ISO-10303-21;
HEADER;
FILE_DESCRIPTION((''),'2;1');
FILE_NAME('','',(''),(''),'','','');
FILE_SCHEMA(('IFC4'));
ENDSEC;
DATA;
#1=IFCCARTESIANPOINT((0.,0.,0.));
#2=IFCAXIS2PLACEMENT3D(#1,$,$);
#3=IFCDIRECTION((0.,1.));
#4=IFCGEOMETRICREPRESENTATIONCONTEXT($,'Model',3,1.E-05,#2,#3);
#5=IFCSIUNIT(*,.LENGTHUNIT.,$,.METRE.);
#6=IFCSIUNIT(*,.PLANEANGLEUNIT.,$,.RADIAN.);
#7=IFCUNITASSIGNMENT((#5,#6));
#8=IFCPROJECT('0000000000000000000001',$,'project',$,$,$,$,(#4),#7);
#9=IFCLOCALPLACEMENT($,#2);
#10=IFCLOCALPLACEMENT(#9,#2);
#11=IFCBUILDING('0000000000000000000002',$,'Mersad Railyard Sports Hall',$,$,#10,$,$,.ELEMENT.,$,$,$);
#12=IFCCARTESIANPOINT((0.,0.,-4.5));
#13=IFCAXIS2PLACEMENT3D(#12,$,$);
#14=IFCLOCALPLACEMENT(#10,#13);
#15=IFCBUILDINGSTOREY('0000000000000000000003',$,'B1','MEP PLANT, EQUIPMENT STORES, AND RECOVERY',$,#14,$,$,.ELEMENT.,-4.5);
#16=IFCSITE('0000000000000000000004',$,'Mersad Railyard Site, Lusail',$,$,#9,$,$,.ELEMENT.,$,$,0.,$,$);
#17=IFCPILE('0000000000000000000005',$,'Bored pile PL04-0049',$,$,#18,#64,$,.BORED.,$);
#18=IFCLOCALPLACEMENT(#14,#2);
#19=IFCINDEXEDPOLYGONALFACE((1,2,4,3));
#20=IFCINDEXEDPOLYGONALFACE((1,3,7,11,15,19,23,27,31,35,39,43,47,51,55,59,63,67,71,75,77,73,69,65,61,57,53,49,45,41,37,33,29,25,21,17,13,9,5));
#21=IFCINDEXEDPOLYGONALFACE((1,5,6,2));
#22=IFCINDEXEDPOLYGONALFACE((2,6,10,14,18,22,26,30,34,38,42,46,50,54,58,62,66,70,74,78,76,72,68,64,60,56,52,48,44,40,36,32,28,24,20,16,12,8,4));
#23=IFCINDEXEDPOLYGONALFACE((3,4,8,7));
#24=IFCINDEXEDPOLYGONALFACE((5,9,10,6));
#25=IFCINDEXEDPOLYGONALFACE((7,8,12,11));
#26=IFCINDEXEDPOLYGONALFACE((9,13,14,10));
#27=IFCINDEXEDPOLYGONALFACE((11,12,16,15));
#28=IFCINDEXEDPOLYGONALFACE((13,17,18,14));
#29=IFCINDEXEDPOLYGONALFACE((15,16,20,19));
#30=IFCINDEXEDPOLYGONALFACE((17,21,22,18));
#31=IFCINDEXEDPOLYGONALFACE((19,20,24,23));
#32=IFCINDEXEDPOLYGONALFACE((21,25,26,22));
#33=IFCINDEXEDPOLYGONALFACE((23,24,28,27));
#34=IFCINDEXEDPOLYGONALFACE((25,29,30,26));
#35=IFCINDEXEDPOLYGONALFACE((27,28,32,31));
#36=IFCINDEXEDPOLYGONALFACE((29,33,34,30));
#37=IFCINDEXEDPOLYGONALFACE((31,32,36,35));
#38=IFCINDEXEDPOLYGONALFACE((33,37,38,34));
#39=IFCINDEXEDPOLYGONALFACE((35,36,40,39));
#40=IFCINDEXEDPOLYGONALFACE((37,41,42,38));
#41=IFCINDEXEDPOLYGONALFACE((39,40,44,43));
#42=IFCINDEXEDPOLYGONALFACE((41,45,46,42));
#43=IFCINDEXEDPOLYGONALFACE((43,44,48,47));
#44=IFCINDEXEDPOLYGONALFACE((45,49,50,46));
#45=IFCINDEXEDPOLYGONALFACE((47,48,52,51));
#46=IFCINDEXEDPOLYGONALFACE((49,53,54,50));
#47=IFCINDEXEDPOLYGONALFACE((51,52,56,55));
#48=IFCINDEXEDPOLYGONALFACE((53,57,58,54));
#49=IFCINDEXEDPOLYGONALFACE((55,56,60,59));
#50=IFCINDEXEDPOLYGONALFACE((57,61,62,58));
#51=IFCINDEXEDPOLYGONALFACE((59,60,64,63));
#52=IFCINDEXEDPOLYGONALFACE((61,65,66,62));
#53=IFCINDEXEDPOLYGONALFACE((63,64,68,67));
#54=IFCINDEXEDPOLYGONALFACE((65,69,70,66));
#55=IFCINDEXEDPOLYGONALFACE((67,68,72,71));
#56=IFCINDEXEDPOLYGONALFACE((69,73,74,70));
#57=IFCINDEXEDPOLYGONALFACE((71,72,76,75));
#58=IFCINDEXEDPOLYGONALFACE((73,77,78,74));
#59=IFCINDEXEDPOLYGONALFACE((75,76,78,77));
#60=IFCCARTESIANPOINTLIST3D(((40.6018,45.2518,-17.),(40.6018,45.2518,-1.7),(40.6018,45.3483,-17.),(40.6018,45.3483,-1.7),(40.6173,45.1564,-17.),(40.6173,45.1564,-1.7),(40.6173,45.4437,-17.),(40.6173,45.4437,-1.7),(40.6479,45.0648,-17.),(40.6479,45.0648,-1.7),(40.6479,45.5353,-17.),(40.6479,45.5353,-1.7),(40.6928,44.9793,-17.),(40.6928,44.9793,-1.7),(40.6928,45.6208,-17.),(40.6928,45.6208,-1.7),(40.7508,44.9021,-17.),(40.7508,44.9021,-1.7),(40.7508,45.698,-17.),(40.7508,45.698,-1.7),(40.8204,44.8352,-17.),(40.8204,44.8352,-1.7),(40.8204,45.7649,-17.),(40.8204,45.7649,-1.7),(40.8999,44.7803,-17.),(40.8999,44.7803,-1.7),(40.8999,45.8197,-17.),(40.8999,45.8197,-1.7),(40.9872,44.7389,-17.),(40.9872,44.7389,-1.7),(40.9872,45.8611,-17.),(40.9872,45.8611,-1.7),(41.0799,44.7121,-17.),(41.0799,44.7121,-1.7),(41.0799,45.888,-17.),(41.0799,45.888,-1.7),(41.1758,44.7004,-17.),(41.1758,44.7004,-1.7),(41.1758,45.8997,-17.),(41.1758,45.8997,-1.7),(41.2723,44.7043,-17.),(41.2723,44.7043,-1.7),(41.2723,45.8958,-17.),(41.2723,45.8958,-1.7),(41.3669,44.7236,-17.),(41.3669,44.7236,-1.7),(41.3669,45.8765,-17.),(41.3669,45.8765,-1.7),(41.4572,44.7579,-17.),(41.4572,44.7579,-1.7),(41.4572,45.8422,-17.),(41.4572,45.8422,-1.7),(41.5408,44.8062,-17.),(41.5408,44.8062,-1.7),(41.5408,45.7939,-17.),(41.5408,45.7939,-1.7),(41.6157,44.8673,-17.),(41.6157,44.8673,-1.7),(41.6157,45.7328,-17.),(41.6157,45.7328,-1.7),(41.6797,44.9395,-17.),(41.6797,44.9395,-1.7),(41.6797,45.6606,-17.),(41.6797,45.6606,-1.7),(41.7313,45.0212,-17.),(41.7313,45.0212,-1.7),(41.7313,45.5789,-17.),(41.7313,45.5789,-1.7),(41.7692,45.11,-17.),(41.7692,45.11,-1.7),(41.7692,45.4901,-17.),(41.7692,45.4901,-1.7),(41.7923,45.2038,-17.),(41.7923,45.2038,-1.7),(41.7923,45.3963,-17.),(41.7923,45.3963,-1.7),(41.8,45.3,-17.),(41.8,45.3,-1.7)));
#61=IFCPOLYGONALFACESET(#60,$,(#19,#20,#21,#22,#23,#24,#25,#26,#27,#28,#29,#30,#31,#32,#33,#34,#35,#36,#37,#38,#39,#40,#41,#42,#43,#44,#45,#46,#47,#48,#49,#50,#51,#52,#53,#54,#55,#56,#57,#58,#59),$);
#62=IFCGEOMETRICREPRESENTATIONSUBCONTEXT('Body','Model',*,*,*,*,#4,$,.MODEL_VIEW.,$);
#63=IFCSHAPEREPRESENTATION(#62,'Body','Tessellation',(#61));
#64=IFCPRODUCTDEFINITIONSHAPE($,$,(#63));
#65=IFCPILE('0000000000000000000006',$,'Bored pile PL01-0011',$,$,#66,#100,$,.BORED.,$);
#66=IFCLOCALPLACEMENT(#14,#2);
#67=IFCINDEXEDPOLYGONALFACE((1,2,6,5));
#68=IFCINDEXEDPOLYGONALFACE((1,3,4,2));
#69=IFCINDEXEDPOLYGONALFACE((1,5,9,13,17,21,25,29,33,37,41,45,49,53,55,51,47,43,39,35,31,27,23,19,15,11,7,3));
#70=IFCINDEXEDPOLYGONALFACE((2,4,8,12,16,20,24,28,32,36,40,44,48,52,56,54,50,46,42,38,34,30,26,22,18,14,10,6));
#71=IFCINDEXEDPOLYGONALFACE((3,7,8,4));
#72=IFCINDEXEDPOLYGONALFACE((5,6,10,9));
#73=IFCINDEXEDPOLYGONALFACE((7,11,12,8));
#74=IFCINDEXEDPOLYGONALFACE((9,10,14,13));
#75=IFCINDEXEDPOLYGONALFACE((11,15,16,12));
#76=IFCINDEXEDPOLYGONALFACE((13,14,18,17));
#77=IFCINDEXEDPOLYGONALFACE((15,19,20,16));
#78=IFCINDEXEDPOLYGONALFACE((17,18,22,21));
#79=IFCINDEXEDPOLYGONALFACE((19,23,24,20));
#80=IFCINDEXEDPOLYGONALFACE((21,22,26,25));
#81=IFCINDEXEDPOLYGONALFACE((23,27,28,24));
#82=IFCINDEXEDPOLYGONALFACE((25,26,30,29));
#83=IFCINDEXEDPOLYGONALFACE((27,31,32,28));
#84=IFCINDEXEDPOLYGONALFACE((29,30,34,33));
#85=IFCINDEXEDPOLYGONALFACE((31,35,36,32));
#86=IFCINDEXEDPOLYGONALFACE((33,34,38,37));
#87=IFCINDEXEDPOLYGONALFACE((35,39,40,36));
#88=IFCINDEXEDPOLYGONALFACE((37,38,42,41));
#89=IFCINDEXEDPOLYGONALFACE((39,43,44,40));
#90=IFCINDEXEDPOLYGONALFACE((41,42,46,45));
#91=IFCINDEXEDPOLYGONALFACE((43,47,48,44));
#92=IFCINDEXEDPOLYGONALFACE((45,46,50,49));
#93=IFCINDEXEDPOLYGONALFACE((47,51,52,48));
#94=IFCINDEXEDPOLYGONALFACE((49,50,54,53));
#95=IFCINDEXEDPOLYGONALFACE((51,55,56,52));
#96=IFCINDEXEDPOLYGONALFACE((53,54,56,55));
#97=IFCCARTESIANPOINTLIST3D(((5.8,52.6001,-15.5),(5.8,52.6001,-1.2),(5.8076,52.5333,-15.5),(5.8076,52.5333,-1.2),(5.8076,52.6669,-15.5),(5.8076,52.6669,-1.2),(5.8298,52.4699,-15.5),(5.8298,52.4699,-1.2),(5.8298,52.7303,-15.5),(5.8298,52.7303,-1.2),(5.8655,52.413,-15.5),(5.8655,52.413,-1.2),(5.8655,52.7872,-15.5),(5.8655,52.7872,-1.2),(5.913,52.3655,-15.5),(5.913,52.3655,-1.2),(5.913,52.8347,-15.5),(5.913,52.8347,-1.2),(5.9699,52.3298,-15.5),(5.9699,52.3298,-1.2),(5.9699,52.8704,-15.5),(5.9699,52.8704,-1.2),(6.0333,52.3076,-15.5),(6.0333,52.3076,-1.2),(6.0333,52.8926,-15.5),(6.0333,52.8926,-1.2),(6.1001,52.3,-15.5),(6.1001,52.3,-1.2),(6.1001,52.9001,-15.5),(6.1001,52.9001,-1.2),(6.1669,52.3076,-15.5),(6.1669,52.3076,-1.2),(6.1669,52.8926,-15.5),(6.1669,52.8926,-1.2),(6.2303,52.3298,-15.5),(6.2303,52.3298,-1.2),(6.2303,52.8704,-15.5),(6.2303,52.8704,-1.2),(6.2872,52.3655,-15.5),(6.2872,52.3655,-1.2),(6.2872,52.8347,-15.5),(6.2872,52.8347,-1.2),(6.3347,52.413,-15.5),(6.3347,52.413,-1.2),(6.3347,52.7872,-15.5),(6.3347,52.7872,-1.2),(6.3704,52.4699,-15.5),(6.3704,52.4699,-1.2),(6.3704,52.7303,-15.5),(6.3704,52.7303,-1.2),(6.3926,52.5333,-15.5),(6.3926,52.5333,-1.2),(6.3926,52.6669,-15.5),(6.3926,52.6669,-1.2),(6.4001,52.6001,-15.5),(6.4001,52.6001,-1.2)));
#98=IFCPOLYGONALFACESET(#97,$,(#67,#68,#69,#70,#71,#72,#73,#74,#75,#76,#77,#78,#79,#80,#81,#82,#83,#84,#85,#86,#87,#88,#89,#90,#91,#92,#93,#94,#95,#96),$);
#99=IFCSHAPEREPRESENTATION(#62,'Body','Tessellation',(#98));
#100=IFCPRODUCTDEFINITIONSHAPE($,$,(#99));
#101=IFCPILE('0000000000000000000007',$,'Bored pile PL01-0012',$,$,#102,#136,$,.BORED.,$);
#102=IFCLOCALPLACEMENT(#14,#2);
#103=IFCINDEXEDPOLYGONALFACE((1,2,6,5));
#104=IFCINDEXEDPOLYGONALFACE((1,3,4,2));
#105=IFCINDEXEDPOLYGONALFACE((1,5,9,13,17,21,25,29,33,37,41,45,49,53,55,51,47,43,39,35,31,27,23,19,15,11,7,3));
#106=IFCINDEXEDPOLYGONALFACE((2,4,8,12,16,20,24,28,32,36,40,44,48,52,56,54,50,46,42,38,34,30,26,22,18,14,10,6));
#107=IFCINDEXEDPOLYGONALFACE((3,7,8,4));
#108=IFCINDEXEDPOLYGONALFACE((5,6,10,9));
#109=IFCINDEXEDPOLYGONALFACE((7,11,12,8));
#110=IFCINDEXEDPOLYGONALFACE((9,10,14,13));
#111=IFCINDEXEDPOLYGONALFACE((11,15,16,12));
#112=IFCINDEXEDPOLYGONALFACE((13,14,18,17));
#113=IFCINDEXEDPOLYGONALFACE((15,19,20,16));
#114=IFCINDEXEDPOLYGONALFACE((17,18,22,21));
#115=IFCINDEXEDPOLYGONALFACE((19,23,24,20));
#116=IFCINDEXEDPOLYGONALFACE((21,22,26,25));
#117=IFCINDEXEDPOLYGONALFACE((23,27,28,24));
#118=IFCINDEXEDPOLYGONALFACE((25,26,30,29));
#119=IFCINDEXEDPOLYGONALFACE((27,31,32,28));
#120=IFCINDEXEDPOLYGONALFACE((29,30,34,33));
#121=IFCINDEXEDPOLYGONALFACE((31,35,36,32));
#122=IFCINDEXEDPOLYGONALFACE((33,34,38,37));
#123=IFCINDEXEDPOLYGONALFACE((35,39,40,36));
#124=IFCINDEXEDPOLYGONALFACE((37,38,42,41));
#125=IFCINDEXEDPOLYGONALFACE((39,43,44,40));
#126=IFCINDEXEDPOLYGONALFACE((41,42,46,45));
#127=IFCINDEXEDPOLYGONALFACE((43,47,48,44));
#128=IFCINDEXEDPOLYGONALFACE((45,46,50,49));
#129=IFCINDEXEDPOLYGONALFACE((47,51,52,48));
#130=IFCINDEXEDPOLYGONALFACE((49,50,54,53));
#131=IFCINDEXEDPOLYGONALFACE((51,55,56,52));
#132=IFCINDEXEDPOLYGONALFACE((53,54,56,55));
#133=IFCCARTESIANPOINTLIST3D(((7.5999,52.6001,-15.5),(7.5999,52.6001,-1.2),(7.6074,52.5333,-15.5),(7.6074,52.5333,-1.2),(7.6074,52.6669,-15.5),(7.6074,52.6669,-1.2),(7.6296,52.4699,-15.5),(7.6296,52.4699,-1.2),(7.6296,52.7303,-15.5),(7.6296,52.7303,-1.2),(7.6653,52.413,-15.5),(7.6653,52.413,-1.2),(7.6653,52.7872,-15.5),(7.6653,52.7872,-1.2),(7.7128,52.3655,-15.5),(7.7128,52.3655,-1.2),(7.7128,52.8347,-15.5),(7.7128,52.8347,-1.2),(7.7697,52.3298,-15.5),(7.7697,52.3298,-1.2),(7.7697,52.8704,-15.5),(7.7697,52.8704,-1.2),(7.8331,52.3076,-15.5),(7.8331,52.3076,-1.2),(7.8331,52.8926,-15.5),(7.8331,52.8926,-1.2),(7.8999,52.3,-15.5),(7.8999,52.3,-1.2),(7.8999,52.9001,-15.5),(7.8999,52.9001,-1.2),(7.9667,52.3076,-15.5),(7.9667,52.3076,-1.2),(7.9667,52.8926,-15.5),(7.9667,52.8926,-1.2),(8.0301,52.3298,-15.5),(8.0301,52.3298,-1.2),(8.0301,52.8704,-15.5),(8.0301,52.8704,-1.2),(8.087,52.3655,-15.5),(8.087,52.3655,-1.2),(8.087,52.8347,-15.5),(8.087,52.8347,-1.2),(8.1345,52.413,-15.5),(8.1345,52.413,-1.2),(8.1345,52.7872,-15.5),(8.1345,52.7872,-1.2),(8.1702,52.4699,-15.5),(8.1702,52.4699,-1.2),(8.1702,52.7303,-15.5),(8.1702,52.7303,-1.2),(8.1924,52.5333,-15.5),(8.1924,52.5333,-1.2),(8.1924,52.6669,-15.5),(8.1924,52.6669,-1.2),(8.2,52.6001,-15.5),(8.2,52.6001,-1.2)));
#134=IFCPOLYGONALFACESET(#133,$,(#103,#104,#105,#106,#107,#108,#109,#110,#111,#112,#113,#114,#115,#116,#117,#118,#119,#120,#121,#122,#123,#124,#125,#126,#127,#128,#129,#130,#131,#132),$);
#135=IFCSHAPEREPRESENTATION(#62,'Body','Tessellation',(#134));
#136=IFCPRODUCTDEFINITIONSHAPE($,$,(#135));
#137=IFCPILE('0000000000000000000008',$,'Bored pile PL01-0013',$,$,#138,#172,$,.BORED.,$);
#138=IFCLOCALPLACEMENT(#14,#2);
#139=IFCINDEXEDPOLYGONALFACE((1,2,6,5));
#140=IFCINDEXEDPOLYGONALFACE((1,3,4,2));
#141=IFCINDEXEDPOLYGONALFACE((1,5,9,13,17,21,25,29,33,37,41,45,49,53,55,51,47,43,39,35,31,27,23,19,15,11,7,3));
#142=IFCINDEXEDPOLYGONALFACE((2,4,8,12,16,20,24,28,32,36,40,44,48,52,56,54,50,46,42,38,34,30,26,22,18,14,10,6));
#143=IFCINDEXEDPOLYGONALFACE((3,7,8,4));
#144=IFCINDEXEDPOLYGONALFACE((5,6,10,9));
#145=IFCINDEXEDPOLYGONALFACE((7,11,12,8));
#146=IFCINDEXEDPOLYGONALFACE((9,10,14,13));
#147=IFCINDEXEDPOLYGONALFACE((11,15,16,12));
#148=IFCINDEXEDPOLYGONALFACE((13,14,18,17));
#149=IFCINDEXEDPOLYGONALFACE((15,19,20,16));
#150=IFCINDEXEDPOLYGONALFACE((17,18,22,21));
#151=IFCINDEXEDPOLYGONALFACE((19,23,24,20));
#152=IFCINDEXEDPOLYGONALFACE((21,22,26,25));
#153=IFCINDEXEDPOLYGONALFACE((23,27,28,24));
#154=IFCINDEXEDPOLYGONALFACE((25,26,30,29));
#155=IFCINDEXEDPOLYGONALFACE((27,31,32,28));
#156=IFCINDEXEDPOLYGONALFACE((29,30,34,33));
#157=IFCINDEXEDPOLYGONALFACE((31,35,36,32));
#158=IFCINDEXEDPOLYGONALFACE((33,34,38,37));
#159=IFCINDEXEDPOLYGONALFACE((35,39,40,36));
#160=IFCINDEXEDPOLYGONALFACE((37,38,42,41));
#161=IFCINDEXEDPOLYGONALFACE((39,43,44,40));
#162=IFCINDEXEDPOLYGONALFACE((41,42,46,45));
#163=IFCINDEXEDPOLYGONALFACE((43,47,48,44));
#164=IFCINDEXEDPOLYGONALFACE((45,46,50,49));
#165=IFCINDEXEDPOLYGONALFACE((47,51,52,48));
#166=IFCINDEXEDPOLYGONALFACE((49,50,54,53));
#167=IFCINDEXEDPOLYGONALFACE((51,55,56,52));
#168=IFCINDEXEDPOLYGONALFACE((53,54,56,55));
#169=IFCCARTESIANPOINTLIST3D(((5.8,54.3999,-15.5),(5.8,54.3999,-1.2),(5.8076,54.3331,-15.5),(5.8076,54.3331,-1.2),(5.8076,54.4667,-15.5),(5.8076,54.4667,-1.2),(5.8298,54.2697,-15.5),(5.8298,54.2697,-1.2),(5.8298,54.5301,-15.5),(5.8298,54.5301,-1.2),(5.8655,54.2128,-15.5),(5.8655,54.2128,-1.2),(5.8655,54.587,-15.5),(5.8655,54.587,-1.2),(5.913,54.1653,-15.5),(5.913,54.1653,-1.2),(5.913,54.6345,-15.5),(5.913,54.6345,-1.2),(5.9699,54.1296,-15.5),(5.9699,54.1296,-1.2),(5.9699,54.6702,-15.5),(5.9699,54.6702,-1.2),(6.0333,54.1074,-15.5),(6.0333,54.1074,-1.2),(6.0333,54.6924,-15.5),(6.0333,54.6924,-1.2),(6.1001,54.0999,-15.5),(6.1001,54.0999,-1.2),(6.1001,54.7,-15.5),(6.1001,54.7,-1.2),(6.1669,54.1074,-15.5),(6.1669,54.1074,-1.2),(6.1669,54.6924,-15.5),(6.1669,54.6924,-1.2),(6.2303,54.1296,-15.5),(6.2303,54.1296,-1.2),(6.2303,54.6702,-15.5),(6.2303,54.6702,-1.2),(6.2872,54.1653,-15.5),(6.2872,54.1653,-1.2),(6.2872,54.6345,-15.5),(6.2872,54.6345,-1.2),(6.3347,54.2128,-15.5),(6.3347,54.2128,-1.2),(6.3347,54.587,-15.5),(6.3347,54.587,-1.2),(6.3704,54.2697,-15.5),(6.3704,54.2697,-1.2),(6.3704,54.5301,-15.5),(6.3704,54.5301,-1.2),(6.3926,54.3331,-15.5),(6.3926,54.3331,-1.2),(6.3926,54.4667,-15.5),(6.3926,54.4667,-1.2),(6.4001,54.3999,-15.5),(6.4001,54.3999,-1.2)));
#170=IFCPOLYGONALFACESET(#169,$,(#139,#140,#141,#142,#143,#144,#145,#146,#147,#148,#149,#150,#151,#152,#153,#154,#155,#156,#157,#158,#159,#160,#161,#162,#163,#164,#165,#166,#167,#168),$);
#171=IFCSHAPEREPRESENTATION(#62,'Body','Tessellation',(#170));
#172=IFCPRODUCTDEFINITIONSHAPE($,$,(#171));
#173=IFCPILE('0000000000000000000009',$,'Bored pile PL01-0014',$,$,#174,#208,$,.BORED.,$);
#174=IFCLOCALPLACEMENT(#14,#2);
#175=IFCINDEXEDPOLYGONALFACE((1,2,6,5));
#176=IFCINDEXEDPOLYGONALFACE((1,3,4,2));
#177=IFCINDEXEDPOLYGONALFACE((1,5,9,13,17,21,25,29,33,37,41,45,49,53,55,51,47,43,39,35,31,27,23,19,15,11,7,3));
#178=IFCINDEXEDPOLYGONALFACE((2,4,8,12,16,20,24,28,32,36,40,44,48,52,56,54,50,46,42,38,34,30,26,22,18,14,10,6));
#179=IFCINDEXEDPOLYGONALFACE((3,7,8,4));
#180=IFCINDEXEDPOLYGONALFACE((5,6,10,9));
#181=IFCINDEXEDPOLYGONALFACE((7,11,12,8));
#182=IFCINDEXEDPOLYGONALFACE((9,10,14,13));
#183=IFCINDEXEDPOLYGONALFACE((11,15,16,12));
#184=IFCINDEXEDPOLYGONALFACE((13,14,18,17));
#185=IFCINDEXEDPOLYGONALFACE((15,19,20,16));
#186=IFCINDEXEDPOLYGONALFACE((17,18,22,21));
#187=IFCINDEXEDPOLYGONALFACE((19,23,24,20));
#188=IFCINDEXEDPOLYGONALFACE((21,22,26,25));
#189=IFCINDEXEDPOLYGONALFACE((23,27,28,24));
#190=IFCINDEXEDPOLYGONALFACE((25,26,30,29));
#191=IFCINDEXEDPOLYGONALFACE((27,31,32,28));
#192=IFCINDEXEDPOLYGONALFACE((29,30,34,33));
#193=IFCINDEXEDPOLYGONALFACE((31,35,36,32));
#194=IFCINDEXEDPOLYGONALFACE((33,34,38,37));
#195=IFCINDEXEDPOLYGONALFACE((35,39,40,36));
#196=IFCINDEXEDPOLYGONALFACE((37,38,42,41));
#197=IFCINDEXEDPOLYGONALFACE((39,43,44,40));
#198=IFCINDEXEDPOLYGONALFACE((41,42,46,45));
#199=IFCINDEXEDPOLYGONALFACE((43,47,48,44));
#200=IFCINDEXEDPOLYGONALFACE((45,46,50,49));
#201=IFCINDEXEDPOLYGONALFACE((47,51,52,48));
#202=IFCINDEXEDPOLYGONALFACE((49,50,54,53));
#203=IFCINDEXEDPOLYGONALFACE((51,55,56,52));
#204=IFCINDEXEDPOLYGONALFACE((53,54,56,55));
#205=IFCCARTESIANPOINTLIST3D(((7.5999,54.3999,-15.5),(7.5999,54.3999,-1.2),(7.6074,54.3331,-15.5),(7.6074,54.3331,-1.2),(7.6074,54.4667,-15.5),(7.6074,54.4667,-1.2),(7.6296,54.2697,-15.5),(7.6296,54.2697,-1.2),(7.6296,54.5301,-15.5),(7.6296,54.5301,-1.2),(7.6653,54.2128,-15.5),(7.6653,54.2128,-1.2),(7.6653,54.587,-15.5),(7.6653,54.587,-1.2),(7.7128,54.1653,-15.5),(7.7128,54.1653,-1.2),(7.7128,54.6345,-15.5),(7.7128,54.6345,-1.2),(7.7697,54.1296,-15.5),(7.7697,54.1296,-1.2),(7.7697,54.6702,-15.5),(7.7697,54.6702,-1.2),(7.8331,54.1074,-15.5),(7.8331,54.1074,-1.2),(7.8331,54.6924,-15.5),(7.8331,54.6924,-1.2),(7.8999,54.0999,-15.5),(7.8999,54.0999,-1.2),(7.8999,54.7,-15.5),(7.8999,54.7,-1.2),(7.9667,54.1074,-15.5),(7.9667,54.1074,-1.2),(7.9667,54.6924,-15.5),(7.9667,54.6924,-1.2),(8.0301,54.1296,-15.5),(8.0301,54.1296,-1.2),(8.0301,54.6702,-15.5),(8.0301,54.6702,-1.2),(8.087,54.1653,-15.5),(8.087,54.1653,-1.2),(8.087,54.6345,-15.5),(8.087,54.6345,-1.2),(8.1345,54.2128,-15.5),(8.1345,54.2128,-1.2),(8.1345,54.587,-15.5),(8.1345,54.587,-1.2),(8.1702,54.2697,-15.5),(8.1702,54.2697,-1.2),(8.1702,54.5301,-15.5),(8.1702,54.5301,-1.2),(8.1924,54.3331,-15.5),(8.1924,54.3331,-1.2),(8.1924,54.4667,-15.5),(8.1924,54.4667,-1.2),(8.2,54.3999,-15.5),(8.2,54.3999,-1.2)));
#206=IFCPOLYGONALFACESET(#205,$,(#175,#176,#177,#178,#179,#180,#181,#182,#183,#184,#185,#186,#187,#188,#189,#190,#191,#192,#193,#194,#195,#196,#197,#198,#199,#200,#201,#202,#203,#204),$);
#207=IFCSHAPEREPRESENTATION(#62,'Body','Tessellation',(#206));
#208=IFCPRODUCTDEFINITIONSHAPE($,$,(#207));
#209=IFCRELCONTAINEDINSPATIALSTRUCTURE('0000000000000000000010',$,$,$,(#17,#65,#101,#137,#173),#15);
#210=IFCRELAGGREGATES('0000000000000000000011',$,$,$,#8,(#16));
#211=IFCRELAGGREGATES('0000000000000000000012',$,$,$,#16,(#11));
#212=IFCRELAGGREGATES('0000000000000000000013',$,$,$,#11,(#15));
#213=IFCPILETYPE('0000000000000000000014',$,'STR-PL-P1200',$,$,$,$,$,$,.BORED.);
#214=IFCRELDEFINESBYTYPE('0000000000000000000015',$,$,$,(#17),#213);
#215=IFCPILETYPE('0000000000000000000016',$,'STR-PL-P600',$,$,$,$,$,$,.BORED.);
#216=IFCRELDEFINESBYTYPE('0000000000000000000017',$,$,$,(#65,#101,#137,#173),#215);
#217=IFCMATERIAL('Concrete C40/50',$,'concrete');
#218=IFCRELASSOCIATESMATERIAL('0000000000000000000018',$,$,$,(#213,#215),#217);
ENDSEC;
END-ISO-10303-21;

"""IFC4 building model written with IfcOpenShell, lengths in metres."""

from ifc_helpers import new_model, si_unit, direction, frame, origin, origin_2d, place, context, subcontext, project, spatial, circle, extrude, material, material_profile, profile_set, type_object, element, save


model = new_model("IFC4")

# Units and contexts
model_context = context("Model", 3, precision=1e-05, world=origin(), true_north=direction((0.0, 1.0)))
body_context = subcontext(model_context, "Body", "Model", "MODEL_VIEW")
ifc_project = project(units=[si_unit("LENGTHUNIT", "METRE"), si_unit("PLANEANGLEUNIT", "RADIAN")], contexts=[model_context])

# Site, building, storey
site_placement = place(None, origin())
site = spatial("IfcSite", under=ifc_project, at=site_placement, Name="Mersad Railyard Site, Lusail", CompositionType="ELEMENT", RefElevation=0.0)
building_placement = place(site_placement, origin())
building = spatial("IfcBuilding", under=site, at=building_placement, Name="Mersad Railyard Sports Hall", CompositionType="ELEMENT")
storey_placement = place(building_placement, frame((0.0, 0.0, -4.5)))
storey = spatial("IfcBuildingStorey", under=building, at=storey_placement, Name="B1", Description="MEP PLANT, EQUIPMENT STORES, AND RECOVERY", CompositionType="ELEMENT", Elevation=-4.5)

# Shared definitions
ifc_material_1 = material(Name="Concrete C40/50", Category="concrete")

# Piles
ifc_material_profile_1 = material_profile(ifc_material_1, circle(Radius=0.6001, at=origin_2d()), Name="BORED PILE D1200")
ifc_profile_set_1 = profile_set([ifc_material_profile_1], Name="Concrete C40/50")
pile_type_1 = type_object("IfcPileType", Name="STR-PL-P1200", PredefinedType="BORED", material=ifc_profile_set_1)
for number, where, z_axis, x_axis, name in (
    (1, (41.2, 45.3, -1.7), (0.0, 0.0, -1.0), (1.0, 0.0, 0.0), "Bored pile PL04-0049"),
):
    element("IfcPile", number, at=place(storey_placement, frame(where, z_axis=z_axis, x_axis=x_axis)), inside=storey, type_object=pile_type_1, Name=name, PredefinedType="BORED", context=body_context, shape_type="SweptSolid", body=[
        extrude(circle(Radius=0.6001, at=origin_2d()), origin(), (0.0, 0.0, 1.0), 15.3),
    ])
ifc_material_profile_2 = material_profile(ifc_material_1, circle(Radius=0.3, at=origin_2d()), Name="BORED PILE D600")
ifc_profile_set_2 = profile_set([ifc_material_profile_2], Name="Concrete C40/50")
pile_type_2 = type_object("IfcPileType", Name="STR-PL-P600", PredefinedType="BORED", material=ifc_profile_set_2)
for number, where, z_axis, x_axis, name in (
    (2, (6.1001, 52.6001, -1.2), (0.0, 0.0, -1.0), (1.0, 0.0, 0.0), "Bored pile PL01-0011"),
    (3, (7.8999, 52.6001, -1.2), (0.0, 0.0, -1.0), (1.0, 0.0, 0.0), "Bored pile PL01-0012"),
    (4, (6.1001, 54.3999, -1.2), (0.0, 0.0, -1.0), (1.0, 0.0, 0.0), "Bored pile PL01-0013"),
    (5, (7.8999, 54.3999, -1.2), (0.0, 0.0, -1.0), (1.0, 0.0, 0.0), "Bored pile PL01-0014"),
):
    element("IfcPile", number, at=place(storey_placement, frame(where, z_axis=z_axis, x_axis=x_axis)), inside=storey, type_object=pile_type_2, Name=name, PredefinedType="BORED", context=body_context, shape_type="SweptSolid", body=[
        extrude(circle(Radius=0.3, at=origin_2d()), origin(), (0.0, 0.0, 1.0), 14.3),
    ])

save(model, "model.ifc")
